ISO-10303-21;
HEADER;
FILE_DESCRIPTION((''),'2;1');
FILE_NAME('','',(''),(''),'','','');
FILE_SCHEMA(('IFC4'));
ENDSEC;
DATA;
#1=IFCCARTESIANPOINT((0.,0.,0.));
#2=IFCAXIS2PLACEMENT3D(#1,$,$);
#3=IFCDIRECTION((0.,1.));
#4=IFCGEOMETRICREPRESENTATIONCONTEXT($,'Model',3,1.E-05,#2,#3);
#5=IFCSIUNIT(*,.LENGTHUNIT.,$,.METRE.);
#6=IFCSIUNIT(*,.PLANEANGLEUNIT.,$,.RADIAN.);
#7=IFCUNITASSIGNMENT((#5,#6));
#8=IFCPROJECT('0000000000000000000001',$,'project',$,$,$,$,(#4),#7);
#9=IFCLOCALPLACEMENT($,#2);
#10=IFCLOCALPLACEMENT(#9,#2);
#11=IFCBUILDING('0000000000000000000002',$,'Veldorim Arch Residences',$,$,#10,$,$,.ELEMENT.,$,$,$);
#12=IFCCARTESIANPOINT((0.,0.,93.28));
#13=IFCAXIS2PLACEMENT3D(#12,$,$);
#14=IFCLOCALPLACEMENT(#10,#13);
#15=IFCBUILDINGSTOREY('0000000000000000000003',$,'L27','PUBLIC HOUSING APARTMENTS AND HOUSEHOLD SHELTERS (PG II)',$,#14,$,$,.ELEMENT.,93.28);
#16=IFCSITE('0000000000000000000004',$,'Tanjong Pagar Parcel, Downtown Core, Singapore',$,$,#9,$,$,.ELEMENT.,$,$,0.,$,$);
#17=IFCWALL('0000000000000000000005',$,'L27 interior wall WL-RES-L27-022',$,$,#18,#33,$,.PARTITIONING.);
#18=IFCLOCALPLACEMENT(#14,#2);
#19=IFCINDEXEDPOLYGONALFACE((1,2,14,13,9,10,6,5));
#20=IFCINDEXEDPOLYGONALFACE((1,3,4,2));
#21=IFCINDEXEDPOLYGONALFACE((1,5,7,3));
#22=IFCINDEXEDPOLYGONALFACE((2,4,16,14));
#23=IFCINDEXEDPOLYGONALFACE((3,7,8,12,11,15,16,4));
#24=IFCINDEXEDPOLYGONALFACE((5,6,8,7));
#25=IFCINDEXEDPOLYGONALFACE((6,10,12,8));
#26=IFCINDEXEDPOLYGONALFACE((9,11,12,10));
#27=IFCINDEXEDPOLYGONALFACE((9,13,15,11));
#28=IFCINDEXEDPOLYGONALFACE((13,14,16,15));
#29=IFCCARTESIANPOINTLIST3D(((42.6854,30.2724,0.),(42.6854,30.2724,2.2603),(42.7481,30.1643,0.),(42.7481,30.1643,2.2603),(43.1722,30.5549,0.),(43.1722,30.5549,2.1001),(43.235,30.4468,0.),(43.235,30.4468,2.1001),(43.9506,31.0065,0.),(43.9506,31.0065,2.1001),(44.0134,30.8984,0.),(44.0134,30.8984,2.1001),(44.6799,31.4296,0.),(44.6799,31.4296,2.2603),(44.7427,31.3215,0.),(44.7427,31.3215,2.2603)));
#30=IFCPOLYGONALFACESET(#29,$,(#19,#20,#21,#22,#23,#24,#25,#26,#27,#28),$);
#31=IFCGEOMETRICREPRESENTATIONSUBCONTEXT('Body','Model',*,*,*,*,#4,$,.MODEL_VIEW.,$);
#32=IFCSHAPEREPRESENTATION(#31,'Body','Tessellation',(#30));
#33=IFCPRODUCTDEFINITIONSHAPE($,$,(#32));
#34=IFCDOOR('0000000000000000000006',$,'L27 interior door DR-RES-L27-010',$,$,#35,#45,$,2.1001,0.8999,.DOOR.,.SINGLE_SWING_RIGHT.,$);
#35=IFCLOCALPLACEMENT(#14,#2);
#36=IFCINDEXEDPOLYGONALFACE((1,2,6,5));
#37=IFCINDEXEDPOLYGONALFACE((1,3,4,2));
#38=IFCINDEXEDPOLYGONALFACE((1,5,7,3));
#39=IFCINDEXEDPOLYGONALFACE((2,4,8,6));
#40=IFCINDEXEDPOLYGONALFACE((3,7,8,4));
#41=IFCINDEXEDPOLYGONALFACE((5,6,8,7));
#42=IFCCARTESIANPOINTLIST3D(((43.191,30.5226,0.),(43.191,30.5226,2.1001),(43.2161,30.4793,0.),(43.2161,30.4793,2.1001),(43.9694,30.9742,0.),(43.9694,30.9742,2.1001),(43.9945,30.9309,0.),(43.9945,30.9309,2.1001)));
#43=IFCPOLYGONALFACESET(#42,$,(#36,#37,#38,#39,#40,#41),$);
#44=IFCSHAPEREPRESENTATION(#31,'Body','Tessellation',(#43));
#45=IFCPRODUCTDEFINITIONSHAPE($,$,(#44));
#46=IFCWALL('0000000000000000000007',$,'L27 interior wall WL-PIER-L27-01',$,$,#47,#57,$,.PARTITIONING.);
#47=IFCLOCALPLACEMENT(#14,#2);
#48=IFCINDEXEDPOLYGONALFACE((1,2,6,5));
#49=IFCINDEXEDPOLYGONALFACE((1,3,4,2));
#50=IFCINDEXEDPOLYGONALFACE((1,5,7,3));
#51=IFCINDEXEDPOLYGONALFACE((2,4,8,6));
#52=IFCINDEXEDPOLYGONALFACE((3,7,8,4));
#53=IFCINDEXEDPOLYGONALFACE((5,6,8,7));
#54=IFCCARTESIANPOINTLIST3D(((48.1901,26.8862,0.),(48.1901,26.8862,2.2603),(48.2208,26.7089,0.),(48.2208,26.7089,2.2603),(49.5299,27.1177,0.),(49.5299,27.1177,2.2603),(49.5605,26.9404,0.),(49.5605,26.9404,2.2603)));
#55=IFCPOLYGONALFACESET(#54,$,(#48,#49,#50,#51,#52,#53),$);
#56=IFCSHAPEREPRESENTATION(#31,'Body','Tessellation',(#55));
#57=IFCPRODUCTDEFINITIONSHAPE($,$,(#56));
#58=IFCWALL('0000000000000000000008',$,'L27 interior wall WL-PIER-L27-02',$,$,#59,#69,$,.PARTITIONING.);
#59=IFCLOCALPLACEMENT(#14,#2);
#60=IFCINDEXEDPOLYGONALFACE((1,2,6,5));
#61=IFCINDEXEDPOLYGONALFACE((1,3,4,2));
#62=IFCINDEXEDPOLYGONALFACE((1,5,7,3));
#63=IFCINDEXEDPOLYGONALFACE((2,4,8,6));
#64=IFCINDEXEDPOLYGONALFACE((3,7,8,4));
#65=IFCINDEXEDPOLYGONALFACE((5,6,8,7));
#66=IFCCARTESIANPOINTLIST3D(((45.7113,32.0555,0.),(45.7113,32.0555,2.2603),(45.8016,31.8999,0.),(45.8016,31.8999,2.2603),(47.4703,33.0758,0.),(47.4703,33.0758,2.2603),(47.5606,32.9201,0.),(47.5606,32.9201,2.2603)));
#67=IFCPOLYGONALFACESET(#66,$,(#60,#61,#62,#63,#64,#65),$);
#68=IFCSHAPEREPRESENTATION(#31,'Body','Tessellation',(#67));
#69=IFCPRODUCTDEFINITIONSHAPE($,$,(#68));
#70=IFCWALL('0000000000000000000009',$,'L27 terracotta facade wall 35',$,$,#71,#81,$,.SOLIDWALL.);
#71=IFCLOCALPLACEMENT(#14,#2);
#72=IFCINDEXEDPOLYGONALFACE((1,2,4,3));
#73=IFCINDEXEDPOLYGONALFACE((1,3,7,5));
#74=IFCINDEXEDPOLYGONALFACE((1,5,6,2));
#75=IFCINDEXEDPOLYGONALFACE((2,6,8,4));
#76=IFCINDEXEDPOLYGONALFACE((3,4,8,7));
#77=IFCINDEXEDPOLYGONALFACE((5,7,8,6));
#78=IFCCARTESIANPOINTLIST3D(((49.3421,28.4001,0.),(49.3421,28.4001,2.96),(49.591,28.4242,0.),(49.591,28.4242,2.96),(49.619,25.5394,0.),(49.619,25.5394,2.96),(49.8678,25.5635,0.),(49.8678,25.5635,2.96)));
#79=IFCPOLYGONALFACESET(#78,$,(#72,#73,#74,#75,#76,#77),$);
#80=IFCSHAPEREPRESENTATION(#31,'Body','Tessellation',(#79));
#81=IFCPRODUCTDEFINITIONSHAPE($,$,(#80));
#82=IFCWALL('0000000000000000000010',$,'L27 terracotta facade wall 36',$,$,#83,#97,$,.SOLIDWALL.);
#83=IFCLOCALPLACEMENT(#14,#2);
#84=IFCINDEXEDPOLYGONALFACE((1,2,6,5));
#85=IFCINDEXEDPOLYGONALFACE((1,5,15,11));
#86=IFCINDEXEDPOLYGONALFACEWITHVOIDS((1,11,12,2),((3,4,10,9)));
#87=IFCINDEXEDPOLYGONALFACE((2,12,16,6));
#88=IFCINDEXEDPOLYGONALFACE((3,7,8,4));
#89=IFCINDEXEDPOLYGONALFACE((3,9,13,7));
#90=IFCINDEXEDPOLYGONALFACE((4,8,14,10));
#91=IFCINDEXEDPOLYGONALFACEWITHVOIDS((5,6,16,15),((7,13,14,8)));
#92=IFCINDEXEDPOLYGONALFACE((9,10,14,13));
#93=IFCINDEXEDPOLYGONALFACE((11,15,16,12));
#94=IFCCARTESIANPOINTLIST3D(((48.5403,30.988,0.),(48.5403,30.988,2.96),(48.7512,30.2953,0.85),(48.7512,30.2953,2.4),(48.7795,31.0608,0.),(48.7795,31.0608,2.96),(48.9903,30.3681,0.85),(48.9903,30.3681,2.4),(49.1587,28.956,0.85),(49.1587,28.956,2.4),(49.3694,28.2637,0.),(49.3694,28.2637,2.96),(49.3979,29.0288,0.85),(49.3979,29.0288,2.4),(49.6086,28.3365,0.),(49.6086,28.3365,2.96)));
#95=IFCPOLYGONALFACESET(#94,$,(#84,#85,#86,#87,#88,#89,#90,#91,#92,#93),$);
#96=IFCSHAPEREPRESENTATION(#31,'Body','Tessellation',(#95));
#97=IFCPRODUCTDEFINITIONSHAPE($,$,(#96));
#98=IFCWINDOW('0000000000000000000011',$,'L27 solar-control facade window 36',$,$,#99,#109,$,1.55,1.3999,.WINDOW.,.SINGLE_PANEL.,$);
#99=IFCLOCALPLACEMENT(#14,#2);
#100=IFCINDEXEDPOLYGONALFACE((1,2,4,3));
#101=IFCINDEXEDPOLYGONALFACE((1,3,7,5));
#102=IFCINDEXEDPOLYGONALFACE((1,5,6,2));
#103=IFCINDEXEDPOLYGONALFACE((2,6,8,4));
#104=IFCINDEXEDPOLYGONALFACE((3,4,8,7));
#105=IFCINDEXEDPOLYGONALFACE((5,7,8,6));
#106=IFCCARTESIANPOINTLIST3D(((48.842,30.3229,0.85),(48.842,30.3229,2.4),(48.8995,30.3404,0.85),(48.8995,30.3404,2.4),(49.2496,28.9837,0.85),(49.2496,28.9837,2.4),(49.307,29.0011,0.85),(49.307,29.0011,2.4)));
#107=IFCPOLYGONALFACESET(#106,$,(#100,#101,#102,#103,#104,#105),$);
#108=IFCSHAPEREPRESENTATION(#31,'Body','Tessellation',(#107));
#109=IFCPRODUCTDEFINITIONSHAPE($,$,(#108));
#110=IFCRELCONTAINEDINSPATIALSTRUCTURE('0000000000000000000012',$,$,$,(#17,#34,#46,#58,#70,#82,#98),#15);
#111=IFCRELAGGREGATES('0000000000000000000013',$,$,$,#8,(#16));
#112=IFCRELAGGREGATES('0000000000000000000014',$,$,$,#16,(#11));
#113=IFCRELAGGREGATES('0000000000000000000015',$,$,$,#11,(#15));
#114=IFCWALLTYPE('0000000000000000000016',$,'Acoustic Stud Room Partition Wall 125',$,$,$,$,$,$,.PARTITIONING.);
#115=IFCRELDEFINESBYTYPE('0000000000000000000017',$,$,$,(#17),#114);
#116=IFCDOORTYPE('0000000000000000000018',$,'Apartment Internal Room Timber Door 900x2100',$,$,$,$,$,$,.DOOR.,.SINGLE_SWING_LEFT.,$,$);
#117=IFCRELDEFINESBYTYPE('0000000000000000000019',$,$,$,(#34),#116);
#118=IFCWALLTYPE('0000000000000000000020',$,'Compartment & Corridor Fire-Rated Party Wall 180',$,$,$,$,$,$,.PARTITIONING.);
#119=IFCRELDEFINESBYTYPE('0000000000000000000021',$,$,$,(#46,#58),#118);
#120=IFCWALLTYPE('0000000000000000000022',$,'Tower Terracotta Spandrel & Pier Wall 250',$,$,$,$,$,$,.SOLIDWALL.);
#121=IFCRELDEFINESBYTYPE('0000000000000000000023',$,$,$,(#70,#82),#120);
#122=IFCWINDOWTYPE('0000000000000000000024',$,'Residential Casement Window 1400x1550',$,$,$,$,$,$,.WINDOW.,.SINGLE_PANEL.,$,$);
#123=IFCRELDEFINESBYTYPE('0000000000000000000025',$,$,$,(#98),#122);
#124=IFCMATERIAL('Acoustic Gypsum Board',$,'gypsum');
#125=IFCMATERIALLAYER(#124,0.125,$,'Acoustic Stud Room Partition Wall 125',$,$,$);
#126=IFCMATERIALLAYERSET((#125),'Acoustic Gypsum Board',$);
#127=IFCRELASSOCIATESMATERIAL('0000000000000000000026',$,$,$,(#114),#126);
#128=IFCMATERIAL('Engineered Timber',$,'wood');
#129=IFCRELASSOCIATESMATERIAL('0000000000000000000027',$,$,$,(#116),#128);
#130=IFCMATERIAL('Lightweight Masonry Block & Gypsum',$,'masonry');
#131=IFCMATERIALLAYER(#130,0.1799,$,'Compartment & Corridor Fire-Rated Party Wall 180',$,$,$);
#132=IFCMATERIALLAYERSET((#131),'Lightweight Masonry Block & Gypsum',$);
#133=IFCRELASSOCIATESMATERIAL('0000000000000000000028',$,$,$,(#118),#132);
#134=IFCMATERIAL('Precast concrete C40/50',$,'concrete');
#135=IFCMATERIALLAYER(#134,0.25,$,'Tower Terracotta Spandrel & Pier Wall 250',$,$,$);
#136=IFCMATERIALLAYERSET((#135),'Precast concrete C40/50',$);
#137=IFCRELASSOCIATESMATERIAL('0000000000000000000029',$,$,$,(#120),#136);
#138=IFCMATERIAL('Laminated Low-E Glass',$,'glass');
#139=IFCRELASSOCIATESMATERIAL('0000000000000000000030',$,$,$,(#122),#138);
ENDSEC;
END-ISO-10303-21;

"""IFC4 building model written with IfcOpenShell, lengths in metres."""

from ifc_helpers import new_model, si_unit, direction, frame, frame_2d, origin, place, context, subcontext, project, spatial, rectangle, extrude, material, layer, layer_set, type_object, element, fill, save


model = new_model("IFC4")

# Units and contexts
model_context = context("Model", 3, precision=1e-05, world=origin(), true_north=direction((0.0, 1.0)))
body_context = subcontext(model_context, "Body", "Model", "MODEL_VIEW")
ifc_project = project(units=[si_unit("LENGTHUNIT", "METRE"), si_unit("PLANEANGLEUNIT", "RADIAN")], contexts=[model_context])

# Site, building, storey
site_placement = place(None, origin())
site = spatial("IfcSite", under=ifc_project, at=site_placement, Name="Tanjong Pagar Parcel, Downtown Core, Singapore", CompositionType="ELEMENT", RefElevation=0.0)
building_placement = place(site_placement, origin())
building = spatial("IfcBuilding", under=site, at=building_placement, Name="Veldorim Arch Residences", CompositionType="ELEMENT")
storey_placement = place(building_placement, frame((0.0, 0.0, 93.28)))
storey = spatial("IfcBuildingStorey", under=building, at=storey_placement, Name="L27", Description="PUBLIC HOUSING APARTMENTS AND HOUSEHOLD SHELTERS (PG II)", CompositionType="ELEMENT", Elevation=93.28)

# Wall, opening, door
ifc_material_1 = material(Name="Acoustic Gypsum Board", Category="gypsum")
ifc_layer_1 = layer(ifc_material_1, 0.125, Name="Acoustic Stud Room Partition Wall 125")
ifc_layer_set_1 = layer_set([ifc_layer_1], Name="Acoustic Gypsum Board")
wall_type_1 = type_object("IfcWallType", Name="Acoustic Stud Room Partition Wall 125", PredefinedType="PARTITIONING", material=ifc_layer_set_1)
wall_1_placement = place(storey_placement, frame((44.7112, 31.3755, 0.0), z_axis=(0.0, 0.0, 1.0), x_axis=(-0.864967, -0.501829, 0.0)))
wall_1 = element("IfcWall", 1, at=wall_1_placement, inside=storey, type_object=wall_type_1, Name="L27 interior wall WL-RES-L27-022", PredefinedType="PARTITIONING", context=body_context, shape_type="SweptSolid", body=[
    extrude(rectangle(XDim=2.3059, YDim=0.125, at=frame_2d((1.1528, 0.0))), origin(), (0.0, 0.0, 1.0), 2.2603),
])
opening_1_placement = place(wall_1_placement, frame((0.843, 0.0, 0.0)))
opening_1 = element("IfcOpeningElement", 2, at=opening_1_placement, cuts=wall_1, PredefinedType="OPENING", context=body_context, shape_type="SweptSolid", body=[
    extrude(rectangle(XDim=0.8999, YDim=2.1001, at=frame_2d((0.45, 1.05))), frame((0.0, 0.0725, 0.0), z_axis=(0.0, -1.0, 0.0), x_axis=(1.0, 0.0, 0.0)), (0.0, 0.0, 1.0), 0.145),
])
ifc_material_2 = material(Name="Engineered Timber", Category="wood")
door_type = type_object("IfcDoorType", Name="Apartment Internal Room Timber Door 900x2100", OperationType="SINGLE_SWING_LEFT", PredefinedType="DOOR", material=ifc_material_2)
door_placement = place(opening_1_placement, origin())
door = element("IfcDoor", 3, at=door_placement, inside=storey, type_object=door_type, Name="L27 interior door DR-RES-L27-010", OperationType="SINGLE_SWING_RIGHT", OverallHeight=2.1001, OverallWidth=0.8999, PredefinedType="DOOR", context=body_context, shape_type="SweptSolid", body=[
    extrude(rectangle(XDim=0.8999, YDim=2.1001, at=frame_2d((0.45, 1.05))), frame((0.0, 0.0249, 0.0), z_axis=(0.0, -1.0, 0.0), x_axis=(1.0, 0.0, 0.0)), (0.0, 0.0, 1.0), 0.05),
])
fill(opening_1, door)

# Walls
ifc_material_3 = material(Name="Lightweight Masonry Block & Gypsum", Category="masonry")
ifc_layer_2 = layer(ifc_material_3, 0.1799, Name="Compartment & Corridor Fire-Rated Party Wall 180")
ifc_layer_set_2 = layer_set([ifc_layer_2], Name="Lightweight Masonry Block & Gypsum")
wall_type_2 = type_object("IfcWallType", Name="Compartment & Corridor Fire-Rated Party Wall 180", PredefinedType="PARTITIONING", material=ifc_layer_set_2)
wall_2_placement = place(storey_placement, frame((48.2056, 26.7976, 0.0), z_axis=(0.0, 0.0, 1.0), x_axis=(0.985406, 0.17022, 0.0)))
element("IfcWall", 4, at=wall_2_placement, inside=storey, type_object=wall_type_2, Name="L27 interior wall WL-PIER-L27-01", PredefinedType="PARTITIONING", context=body_context, shape_type="SweptSolid", body=[
    extrude(rectangle(XDim=1.3596, YDim=0.1799, at=frame_2d((0.6797, 0.0))), origin(), (0.0, 0.0, 1.0), 2.2603),
])
wall_3_placement = place(storey_placement, frame((45.7566, 31.9778, 0.0), z_axis=(0.0, 0.0, 1.0), x_axis=(0.865026, 0.501727, 0.0)))
element("IfcWall", 5, at=wall_3_placement, inside=storey, type_object=wall_type_2, Name="L27 interior wall WL-PIER-L27-02", PredefinedType="PARTITIONING", context=body_context, shape_type="SweptSolid", body=[
    extrude(rectangle(XDim=2.0334, YDim=0.1799, at=frame_2d((1.0166, 0.0))), origin(), (0.0, 0.0, 1.0), 2.2603),
])
ifc_material_4 = material(Name="Precast concrete C40/50", Category="concrete")
ifc_layer_3 = layer(ifc_material_4, 0.25, Name="Tower Terracotta Spandrel & Pier Wall 250")
ifc_layer_set_3 = layer_set([ifc_layer_3], Name="Precast concrete C40/50")
wall_type_3 = type_object("IfcWallType", Name="Tower Terracotta Spandrel & Pier Wall 250", PredefinedType="SOLIDWALL", material=ifc_layer_set_3)
wall_4_placement = place(storey_placement, frame((49.4666, 28.4121, 0.0), z_axis=(0.0, 0.0, 1.0), x_axis=(0.096332, -0.995349, 0.0)))
element("IfcWall", 6, at=wall_4_placement, inside=storey, type_object=wall_type_3, Name="L27 terracotta facade wall 35", PredefinedType="SOLIDWALL", context=body_context, shape_type="SweptSolid", body=[
    extrude(rectangle(XDim=2.874, YDim=0.25, at=frame_2d((1.437, 0.0))), origin(), (0.0, 0.0, 1.0), 2.96),
])

# Wall, opening, window
wall_5_placement = place(storey_placement, frame((48.6599, 31.0244, 0.0), z_axis=(0.0, 0.0, 1.0), x_axis=(0.291145, -0.956679, 0.0)))
wall_5 = element("IfcWall", 7, at=wall_5_placement, inside=storey, type_object=wall_type_3, Name="L27 terracotta facade wall 36", PredefinedType="SOLIDWALL", context=body_context, shape_type="SweptSolid", body=[
    extrude(rectangle(XDim=2.8477, YDim=0.25, at=frame_2d((1.4238, 0.0))), origin(), (0.0, 0.0, 1.0), 2.96),
])
opening_2_placement = place(wall_5_placement, frame((0.7241, 0.0, 0.8501)))
opening_2 = element("IfcOpeningElement", 8, at=opening_2_placement, cuts=wall_5, PredefinedType="OPENING", context=body_context, shape_type="SweptSolid", body=[
    extrude(rectangle(XDim=1.3999, YDim=1.55, at=frame_2d((0.7, 0.7749))), frame((0.0, 0.135, 0.0), z_axis=(0.0, -1.0, 0.0), x_axis=(1.0, 0.0, 0.0)), (0.0, 0.0, 1.0), 0.27),
])
ifc_material_5 = material(Name="Laminated Low-E Glass", Category="glass")
window_type = type_object("IfcWindowType", Name="Residential Casement Window 1400x1550", PartitioningType="SINGLE_PANEL", PredefinedType="WINDOW", material=ifc_material_5)
window_placement = place(opening_2_placement, origin())
window = element("IfcWindow", 9, at=window_placement, inside=storey, type_object=window_type, Name="L27 solar-control facade window 36", OverallHeight=1.55, OverallWidth=1.3999, PartitioningType="SINGLE_PANEL", PredefinedType="WINDOW", context=body_context, shape_type="SweptSolid", body=[
    extrude(rectangle(XDim=1.3999, YDim=1.55, at=frame_2d((0.7, 0.7749))), frame((0.0, 0.03, 0.0), z_axis=(0.0, -1.0, 0.0), x_axis=(1.0, 0.0, 0.0)), (0.0, 0.0, 1.0), 0.0601),
])
fill(opening_2, window)

save(model, "model.ifc")
